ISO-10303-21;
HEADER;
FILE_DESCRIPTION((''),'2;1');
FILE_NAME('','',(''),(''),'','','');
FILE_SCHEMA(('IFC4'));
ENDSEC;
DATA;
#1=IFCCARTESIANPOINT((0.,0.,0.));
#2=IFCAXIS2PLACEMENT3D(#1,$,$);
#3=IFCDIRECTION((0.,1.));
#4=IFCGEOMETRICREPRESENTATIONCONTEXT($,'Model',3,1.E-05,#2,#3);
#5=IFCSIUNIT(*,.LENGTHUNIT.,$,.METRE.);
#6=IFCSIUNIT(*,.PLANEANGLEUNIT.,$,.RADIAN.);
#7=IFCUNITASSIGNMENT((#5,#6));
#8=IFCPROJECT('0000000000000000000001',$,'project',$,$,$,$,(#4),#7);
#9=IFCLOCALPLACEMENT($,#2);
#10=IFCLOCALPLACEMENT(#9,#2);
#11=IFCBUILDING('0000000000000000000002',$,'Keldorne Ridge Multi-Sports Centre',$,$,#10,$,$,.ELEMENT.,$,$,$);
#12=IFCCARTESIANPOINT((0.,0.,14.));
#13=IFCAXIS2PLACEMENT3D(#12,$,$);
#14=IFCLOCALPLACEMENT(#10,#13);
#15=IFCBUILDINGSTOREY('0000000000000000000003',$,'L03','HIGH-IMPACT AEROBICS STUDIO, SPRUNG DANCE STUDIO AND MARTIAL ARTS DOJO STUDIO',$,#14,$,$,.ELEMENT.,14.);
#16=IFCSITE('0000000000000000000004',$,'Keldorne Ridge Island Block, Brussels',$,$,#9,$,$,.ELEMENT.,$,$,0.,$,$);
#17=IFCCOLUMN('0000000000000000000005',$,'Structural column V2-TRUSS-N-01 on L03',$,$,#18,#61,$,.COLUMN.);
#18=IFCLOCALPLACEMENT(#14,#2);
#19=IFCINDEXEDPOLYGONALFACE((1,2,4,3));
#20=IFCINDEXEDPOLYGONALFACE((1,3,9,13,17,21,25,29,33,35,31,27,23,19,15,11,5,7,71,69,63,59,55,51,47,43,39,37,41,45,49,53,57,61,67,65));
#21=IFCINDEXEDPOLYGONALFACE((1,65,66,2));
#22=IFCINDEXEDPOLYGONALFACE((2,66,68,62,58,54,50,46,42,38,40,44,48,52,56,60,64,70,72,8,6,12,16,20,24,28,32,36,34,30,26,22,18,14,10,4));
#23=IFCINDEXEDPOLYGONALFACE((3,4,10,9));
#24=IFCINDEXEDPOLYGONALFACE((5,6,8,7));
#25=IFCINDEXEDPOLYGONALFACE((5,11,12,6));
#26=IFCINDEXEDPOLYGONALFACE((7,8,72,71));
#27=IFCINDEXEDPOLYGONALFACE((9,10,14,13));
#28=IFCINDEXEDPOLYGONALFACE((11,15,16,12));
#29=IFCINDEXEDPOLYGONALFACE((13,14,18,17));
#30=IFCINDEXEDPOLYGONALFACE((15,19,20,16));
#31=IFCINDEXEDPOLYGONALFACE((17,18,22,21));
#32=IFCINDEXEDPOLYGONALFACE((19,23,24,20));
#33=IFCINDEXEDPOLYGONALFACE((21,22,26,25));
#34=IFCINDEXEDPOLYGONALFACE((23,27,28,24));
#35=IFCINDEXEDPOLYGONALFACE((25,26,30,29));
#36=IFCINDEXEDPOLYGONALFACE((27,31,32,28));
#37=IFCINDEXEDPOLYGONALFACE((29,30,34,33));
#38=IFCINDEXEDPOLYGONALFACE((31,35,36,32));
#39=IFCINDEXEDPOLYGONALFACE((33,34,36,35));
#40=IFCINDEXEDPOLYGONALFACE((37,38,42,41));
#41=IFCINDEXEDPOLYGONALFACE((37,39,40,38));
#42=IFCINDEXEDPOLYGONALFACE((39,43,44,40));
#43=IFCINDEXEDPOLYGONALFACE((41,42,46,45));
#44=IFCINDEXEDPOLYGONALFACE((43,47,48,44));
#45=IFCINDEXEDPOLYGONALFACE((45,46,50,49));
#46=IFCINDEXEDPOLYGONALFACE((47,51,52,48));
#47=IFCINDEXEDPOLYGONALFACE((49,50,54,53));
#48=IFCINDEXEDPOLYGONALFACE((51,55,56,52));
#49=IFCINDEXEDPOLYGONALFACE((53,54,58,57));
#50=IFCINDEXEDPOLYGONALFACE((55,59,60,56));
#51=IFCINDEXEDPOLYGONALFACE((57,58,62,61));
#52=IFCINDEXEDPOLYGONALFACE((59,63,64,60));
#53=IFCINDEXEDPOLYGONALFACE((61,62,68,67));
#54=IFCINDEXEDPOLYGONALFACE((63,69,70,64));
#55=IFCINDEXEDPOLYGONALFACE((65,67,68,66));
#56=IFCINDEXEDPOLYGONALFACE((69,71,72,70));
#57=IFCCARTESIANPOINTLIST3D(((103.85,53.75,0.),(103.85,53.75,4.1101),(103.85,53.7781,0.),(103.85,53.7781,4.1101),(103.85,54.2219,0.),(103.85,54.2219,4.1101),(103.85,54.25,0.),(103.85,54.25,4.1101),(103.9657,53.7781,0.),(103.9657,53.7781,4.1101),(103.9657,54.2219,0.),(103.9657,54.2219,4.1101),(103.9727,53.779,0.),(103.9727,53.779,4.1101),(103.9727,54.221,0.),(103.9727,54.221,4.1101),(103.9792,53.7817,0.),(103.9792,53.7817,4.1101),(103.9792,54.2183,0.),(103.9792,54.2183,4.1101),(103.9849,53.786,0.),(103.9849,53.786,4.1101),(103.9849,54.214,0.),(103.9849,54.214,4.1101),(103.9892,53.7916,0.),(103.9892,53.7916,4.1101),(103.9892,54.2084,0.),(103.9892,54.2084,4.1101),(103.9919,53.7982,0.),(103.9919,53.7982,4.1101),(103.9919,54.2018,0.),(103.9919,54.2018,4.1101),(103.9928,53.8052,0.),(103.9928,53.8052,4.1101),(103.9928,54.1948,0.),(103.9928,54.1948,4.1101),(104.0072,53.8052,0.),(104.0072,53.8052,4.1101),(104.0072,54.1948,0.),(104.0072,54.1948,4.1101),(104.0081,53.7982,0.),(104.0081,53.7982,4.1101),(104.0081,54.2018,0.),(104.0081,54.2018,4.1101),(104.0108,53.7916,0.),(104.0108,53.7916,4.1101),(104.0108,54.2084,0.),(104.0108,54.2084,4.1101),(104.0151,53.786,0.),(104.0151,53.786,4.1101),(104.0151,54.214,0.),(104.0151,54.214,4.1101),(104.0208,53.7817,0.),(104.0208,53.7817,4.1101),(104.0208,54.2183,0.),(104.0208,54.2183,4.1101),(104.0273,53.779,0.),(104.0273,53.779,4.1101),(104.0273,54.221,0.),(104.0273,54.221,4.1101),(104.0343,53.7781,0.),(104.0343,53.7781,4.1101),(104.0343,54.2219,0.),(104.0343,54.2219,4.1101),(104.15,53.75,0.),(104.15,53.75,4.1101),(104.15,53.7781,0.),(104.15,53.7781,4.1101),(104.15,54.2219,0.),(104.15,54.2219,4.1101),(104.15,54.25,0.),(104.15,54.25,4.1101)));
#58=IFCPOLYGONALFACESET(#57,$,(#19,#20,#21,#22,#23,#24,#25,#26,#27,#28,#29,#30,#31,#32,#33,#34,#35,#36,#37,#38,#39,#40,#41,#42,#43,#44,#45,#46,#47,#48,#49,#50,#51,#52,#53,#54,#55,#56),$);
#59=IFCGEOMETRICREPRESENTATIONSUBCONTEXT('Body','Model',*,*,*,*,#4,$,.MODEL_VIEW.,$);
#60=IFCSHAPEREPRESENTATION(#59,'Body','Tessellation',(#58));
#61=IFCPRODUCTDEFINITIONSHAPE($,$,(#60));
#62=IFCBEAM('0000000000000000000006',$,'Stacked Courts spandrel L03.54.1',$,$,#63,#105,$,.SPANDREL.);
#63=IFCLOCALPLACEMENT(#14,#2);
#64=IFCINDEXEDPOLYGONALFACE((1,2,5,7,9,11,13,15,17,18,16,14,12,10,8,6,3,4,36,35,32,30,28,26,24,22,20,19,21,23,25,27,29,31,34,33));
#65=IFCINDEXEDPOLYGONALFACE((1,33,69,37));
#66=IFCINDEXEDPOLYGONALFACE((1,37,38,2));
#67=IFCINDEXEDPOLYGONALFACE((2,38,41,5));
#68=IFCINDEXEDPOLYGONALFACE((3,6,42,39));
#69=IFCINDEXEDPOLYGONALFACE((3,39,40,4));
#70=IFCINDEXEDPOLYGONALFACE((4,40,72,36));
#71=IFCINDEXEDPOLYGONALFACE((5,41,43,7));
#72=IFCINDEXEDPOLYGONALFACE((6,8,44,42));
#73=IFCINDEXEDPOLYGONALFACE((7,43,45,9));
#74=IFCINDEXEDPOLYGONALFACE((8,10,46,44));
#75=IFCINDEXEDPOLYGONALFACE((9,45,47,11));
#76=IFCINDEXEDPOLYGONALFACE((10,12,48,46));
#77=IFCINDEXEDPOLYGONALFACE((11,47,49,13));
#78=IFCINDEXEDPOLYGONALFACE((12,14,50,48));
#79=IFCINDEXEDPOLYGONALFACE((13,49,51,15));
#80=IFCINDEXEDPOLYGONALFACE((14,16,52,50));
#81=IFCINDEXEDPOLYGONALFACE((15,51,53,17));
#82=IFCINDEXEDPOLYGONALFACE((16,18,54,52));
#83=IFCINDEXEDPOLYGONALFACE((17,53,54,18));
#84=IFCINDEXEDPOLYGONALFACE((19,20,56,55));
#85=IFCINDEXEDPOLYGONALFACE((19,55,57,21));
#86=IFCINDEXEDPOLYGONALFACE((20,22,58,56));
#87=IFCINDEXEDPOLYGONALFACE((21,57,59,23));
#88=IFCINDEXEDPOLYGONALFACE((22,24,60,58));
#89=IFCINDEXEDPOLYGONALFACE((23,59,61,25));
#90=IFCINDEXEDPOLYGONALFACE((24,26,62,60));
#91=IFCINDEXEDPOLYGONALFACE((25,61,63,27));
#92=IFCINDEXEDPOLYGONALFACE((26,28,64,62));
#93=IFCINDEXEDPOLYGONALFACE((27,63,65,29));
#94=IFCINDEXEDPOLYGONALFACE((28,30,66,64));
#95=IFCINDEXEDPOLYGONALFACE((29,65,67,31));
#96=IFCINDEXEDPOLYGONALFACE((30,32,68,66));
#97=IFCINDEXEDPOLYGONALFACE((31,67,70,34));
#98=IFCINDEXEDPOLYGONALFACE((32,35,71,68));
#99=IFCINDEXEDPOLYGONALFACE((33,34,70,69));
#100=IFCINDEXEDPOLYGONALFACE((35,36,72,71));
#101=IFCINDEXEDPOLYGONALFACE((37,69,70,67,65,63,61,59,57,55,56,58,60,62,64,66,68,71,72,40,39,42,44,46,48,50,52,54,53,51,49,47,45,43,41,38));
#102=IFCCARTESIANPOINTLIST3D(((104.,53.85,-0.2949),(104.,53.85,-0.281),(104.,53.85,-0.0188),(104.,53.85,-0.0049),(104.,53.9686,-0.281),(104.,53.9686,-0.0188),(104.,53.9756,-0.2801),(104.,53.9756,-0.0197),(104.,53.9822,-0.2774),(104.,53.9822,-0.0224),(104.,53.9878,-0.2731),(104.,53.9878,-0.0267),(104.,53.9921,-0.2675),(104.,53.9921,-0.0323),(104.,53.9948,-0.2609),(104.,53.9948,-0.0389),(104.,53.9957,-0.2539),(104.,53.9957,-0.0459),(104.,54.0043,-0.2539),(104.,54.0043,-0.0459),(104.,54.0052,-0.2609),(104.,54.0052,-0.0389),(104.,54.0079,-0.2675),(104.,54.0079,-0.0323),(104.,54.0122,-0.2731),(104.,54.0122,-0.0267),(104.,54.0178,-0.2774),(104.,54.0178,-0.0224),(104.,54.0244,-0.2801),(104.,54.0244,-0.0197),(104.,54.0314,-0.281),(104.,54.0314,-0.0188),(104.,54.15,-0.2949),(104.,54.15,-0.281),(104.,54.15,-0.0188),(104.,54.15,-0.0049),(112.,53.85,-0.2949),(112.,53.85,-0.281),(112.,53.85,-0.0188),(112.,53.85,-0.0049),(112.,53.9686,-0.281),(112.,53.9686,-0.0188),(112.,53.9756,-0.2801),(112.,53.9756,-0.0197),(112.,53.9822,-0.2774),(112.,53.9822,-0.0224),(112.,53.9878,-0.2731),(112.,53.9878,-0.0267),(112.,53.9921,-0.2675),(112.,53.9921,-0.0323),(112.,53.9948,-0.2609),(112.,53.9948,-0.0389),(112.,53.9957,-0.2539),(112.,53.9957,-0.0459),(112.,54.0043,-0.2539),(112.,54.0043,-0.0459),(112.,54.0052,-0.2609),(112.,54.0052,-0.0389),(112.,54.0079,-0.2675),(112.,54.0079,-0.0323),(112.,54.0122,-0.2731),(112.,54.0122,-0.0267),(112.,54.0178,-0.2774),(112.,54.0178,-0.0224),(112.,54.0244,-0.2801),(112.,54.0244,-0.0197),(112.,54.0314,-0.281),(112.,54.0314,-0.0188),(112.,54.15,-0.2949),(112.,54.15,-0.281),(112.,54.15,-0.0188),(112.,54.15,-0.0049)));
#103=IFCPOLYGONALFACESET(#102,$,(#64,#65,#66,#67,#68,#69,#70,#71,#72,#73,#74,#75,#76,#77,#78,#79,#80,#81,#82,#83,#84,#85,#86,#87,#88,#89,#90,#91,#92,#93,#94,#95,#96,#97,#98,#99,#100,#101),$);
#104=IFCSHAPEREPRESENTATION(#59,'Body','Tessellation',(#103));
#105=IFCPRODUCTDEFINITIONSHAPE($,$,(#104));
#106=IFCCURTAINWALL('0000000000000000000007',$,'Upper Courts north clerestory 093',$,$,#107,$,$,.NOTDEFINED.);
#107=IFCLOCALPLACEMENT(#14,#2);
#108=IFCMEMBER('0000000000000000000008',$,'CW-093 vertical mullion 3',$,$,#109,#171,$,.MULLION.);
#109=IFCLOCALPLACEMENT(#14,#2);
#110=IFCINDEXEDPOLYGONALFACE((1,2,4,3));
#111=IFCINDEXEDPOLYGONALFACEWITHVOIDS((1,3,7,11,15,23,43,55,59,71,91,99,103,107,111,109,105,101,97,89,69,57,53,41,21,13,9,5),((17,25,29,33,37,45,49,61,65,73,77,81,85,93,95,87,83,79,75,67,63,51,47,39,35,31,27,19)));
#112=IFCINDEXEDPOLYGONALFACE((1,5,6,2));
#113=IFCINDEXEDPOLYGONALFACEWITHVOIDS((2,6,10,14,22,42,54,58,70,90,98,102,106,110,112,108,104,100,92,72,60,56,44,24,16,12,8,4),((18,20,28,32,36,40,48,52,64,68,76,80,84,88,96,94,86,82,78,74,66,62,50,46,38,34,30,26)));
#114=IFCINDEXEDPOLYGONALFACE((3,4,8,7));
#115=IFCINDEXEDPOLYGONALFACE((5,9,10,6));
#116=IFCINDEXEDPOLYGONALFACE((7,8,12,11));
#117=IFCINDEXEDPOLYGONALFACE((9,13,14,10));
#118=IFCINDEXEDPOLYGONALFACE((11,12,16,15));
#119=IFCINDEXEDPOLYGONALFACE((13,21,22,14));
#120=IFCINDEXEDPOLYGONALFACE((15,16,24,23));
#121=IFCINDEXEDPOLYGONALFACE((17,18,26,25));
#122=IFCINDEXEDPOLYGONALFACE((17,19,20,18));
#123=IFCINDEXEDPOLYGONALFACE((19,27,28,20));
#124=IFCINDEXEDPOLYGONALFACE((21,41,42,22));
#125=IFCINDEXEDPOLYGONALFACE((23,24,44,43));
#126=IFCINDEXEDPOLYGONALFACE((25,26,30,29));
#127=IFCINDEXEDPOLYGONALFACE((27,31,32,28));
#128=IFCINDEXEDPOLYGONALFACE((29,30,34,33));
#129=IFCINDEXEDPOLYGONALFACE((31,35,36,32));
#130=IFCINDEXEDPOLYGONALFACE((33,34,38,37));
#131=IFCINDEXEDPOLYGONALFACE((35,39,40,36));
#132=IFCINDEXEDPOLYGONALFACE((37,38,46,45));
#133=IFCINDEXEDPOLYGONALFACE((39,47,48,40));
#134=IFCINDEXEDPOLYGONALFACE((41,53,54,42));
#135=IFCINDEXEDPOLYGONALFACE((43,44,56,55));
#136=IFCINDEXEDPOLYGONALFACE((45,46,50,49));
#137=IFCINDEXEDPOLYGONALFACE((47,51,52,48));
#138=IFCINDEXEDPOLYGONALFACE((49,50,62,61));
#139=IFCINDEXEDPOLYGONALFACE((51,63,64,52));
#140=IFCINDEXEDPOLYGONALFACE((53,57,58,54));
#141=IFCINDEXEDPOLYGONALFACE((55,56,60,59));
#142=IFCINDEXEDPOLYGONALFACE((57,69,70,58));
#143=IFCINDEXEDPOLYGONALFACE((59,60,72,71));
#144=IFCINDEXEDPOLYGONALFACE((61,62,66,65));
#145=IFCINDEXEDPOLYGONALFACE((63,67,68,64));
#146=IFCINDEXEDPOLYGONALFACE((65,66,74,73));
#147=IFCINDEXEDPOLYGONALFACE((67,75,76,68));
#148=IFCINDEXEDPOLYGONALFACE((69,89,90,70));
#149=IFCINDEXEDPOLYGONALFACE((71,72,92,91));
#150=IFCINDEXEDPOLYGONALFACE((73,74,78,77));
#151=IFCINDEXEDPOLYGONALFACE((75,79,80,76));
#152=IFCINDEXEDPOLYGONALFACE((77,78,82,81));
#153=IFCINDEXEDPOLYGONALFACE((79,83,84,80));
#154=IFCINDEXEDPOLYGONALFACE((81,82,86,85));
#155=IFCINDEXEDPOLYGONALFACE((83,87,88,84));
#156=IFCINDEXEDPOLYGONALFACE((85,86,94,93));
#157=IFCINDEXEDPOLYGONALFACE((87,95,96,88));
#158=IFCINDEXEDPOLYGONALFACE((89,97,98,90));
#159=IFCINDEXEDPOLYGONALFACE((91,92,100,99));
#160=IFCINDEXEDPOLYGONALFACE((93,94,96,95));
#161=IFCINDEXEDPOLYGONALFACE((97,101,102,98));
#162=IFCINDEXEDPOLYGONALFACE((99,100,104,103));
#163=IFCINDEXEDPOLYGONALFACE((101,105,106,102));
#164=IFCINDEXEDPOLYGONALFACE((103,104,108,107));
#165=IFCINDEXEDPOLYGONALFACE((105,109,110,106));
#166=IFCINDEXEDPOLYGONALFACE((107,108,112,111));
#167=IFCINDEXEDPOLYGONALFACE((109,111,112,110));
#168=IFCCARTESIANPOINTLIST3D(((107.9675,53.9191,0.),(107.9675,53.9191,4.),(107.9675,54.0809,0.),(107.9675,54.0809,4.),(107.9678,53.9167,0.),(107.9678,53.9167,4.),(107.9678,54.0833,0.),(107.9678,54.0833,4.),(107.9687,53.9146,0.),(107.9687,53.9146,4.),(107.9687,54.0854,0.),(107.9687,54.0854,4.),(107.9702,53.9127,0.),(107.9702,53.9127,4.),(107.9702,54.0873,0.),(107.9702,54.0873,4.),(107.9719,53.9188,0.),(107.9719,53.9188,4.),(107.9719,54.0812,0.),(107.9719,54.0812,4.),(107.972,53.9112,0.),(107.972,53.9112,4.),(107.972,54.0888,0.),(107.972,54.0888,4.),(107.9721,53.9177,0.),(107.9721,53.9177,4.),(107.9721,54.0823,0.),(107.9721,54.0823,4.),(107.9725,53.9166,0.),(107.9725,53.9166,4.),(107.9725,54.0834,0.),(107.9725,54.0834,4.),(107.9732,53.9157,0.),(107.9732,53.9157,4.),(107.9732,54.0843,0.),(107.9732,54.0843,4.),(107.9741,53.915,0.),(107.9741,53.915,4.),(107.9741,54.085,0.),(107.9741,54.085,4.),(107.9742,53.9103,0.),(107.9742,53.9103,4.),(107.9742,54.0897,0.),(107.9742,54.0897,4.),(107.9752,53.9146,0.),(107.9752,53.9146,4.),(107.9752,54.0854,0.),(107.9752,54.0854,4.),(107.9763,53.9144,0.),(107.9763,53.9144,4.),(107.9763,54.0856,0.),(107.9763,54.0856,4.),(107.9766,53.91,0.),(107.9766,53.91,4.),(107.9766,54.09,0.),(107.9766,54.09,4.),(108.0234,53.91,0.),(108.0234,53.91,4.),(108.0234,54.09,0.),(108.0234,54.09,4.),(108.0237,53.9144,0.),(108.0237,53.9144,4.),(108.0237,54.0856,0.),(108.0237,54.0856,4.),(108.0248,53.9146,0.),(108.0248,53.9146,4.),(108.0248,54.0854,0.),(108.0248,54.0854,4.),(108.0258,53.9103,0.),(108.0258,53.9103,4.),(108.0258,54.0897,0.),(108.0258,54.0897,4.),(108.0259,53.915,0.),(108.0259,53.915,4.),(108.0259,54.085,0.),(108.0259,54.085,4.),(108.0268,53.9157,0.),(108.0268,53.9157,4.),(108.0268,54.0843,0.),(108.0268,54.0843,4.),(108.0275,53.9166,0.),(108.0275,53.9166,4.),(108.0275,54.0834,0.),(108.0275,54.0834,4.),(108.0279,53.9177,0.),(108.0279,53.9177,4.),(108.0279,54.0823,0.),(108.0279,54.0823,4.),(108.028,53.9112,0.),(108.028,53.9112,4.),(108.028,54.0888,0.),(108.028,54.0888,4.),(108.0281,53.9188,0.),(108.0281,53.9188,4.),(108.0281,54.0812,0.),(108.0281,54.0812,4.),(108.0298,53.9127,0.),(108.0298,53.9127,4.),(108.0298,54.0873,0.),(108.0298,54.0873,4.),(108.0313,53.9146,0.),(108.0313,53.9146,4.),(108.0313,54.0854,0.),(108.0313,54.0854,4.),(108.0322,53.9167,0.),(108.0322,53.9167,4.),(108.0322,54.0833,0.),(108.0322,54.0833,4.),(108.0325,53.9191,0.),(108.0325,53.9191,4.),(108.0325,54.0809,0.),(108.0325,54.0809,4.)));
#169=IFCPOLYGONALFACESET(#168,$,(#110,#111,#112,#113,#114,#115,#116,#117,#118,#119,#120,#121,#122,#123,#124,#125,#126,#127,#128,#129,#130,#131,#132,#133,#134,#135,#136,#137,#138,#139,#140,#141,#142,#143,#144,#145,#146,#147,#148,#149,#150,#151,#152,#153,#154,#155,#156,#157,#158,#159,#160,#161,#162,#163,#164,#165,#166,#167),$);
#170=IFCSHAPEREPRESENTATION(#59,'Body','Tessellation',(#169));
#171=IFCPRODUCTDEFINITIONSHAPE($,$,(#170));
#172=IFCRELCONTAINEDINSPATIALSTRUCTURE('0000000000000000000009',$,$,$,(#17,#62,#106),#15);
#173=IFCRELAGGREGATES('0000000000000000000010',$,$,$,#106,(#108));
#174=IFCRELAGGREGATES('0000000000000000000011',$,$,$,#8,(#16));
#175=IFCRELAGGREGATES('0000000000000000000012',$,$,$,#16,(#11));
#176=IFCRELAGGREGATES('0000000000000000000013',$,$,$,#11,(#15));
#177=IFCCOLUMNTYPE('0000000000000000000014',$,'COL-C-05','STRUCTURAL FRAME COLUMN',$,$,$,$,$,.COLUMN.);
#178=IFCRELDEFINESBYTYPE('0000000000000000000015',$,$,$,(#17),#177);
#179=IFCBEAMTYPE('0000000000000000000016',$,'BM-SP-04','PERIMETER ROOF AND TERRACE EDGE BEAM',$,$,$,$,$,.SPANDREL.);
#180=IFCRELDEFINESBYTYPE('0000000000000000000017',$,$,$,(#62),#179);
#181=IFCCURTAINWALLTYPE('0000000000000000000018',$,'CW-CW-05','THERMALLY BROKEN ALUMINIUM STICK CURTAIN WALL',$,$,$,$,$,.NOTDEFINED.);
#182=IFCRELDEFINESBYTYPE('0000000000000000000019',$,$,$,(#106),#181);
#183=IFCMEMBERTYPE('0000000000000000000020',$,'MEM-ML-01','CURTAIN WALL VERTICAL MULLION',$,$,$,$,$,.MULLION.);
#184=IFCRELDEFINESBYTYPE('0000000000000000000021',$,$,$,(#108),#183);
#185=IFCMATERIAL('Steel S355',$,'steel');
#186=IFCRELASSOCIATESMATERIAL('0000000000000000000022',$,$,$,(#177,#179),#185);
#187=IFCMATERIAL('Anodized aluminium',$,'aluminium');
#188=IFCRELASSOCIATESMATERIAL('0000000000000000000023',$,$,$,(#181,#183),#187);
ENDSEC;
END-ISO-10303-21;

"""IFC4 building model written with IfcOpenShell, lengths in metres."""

from ifc_helpers import new_model, si_unit, direction, frame, origin, origin_2d, place, context, subcontext, project, spatial, hollow_rectangle, i_section, extrude, material, material_profile, profile_set, type_object, element, aggregate, save


model = new_model("IFC4")

# Units and contexts
model_context = context("Model", 3, precision=1e-05, world=origin(), true_north=direction((0.0, 1.0)))
body_context = subcontext(model_context, "Body", "Model", "MODEL_VIEW")
ifc_project = project(units=[si_unit("LENGTHUNIT", "METRE"), si_unit("PLANEANGLEUNIT", "RADIAN")], contexts=[model_context])

# Site, building, storey
site_placement = place(None, origin())
site = spatial("IfcSite", under=ifc_project, at=site_placement, Name="Keldorne Ridge Island Block, Brussels", CompositionType="ELEMENT", RefElevation=0.0)
building_placement = place(site_placement, origin())
building = spatial("IfcBuilding", under=site, at=building_placement, Name="Keldorne Ridge Multi-Sports Centre", CompositionType="ELEMENT")
storey_placement = place(building_placement, frame((0.0, 0.0, 14.0)))
storey = spatial("IfcBuildingStorey", under=building, at=storey_placement, Name="L03", Description="HIGH-IMPACT AEROBICS STUDIO, SPRUNG DANCE STUDIO AND MARTIAL ARTS DOJO STUDIO", CompositionType="ELEMENT", Elevation=14.0)

# Column
ifc_material_1 = material(Name="Steel S355", Category="steel")
ifc_material_profile_1 = material_profile(ifc_material_1, i_section(OverallWidth=0.3, OverallDepth=0.5, WebThickness=0.0144, FlangeThickness=0.0281, FilletRadius=0.0271, at=origin_2d()), Name="HEB 500")
ifc_profile_set_1 = profile_set([ifc_material_profile_1], Name="Steel S355")
column_type = type_object("IfcColumnType", Name="COL-C-05", Description="STRUCTURAL FRAME COLUMN", PredefinedType="COLUMN", material=ifc_profile_set_1)
column_placement = place(storey_placement, frame((104.0, 54.0, 0.0), z_axis=(0.0, 0.0, 1.0), x_axis=(1.0, 0.0, 0.0)))
element("IfcColumn", 1, at=column_placement, inside=storey, type_object=column_type, Name="Structural column V2-TRUSS-N-01 on L03", PredefinedType="COLUMN", context=body_context, shape_type="SweptSolid", body=[
    extrude(i_section(OverallWidth=0.3, OverallDepth=0.5, WebThickness=0.0144, FlangeThickness=0.0281, FilletRadius=0.0271, at=origin_2d()), origin(), (0.0, 0.0, 1.0), 4.1101),
])

# Beam
ifc_material_profile_2 = material_profile(ifc_material_1, i_section(OverallWidth=0.3, OverallDepth=0.29, WebThickness=0.0085, FlangeThickness=0.0139, FilletRadius=0.0271, at=origin_2d()), Name="HEA 300")
ifc_profile_set_2 = profile_set([ifc_material_profile_2], Name="Steel S355")
beam_type = type_object("IfcBeamType", Name="BM-SP-04", Description="PERIMETER ROOF AND TERRACE EDGE BEAM", PredefinedType="SPANDREL", material=ifc_profile_set_2)
beam_placement = place(storey_placement, frame((104.0, 54.0, -0.1499), z_axis=(1.0, 0.0, 0.0), x_axis=(0.0, 1.0, 0.0)))
element("IfcBeam", 2, at=beam_placement, inside=storey, type_object=beam_type, Name="Stacked Courts spandrel L03.54.1", PredefinedType="SPANDREL", context=body_context, shape_type="SweptSolid", body=[
    extrude(i_section(OverallWidth=0.3, OverallDepth=0.29, WebThickness=0.0085, FlangeThickness=0.0139, FilletRadius=0.0271, at=origin_2d()), origin(), (0.0, 0.0, 1.0), 8.0),
])

# Curtain wall, member
ifc_material_2 = material(Name="Anodized aluminium", Category="aluminium")
curtain_wall_type = type_object("IfcCurtainWallType", Name="CW-CW-05", Description="THERMALLY BROKEN ALUMINIUM STICK CURTAIN WALL", PredefinedType="NOTDEFINED", material=ifc_material_2)
curtain_wall_placement = place(storey_placement, origin())
curtain_wall = element("IfcCurtainWall", 3, at=curtain_wall_placement, inside=storey, type_object=curtain_wall_type, Name="Upper Courts north clerestory 093", PredefinedType="NOTDEFINED")
ifc_material_profile_3 = material_profile(ifc_material_2, hollow_rectangle(XDim=0.0649, YDim=0.1799, WallThickness=0.0044, InnerFilletRadius=0.0044, OuterFilletRadius=0.009, at=origin_2d()), Name="ALU MULLION 180x65x4.5")
ifc_profile_set_3 = profile_set([ifc_material_profile_3], Name="Anodized aluminium")
member_type_1 = type_object("IfcMemberType", Name="MEM-ML-01", Description="CURTAIN WALL VERTICAL MULLION", PredefinedType="MULLION", material=ifc_profile_set_3)
member_1_placement = place(storey_placement, frame((108.0, 54.0, 0.0), z_axis=(0.0, 0.0, 1.0), x_axis=(1.0, 0.0, 0.0)))
member_1 = element("IfcMember", 4, at=member_1_placement, type_object=member_type_1, Name="CW-093 vertical mullion 3", PredefinedType="MULLION", context=body_context, shape_type="SweptSolid", body=[
    extrude(hollow_rectangle(XDim=0.0649, YDim=0.1799, WallThickness=0.0044, InnerFilletRadius=0.0044, OuterFilletRadius=0.009, at=origin_2d()), origin(), (0.0, 0.0, 1.0), 4.0),
])

aggregate(curtain_wall, [member_1])

save(model, "model.ifc")
